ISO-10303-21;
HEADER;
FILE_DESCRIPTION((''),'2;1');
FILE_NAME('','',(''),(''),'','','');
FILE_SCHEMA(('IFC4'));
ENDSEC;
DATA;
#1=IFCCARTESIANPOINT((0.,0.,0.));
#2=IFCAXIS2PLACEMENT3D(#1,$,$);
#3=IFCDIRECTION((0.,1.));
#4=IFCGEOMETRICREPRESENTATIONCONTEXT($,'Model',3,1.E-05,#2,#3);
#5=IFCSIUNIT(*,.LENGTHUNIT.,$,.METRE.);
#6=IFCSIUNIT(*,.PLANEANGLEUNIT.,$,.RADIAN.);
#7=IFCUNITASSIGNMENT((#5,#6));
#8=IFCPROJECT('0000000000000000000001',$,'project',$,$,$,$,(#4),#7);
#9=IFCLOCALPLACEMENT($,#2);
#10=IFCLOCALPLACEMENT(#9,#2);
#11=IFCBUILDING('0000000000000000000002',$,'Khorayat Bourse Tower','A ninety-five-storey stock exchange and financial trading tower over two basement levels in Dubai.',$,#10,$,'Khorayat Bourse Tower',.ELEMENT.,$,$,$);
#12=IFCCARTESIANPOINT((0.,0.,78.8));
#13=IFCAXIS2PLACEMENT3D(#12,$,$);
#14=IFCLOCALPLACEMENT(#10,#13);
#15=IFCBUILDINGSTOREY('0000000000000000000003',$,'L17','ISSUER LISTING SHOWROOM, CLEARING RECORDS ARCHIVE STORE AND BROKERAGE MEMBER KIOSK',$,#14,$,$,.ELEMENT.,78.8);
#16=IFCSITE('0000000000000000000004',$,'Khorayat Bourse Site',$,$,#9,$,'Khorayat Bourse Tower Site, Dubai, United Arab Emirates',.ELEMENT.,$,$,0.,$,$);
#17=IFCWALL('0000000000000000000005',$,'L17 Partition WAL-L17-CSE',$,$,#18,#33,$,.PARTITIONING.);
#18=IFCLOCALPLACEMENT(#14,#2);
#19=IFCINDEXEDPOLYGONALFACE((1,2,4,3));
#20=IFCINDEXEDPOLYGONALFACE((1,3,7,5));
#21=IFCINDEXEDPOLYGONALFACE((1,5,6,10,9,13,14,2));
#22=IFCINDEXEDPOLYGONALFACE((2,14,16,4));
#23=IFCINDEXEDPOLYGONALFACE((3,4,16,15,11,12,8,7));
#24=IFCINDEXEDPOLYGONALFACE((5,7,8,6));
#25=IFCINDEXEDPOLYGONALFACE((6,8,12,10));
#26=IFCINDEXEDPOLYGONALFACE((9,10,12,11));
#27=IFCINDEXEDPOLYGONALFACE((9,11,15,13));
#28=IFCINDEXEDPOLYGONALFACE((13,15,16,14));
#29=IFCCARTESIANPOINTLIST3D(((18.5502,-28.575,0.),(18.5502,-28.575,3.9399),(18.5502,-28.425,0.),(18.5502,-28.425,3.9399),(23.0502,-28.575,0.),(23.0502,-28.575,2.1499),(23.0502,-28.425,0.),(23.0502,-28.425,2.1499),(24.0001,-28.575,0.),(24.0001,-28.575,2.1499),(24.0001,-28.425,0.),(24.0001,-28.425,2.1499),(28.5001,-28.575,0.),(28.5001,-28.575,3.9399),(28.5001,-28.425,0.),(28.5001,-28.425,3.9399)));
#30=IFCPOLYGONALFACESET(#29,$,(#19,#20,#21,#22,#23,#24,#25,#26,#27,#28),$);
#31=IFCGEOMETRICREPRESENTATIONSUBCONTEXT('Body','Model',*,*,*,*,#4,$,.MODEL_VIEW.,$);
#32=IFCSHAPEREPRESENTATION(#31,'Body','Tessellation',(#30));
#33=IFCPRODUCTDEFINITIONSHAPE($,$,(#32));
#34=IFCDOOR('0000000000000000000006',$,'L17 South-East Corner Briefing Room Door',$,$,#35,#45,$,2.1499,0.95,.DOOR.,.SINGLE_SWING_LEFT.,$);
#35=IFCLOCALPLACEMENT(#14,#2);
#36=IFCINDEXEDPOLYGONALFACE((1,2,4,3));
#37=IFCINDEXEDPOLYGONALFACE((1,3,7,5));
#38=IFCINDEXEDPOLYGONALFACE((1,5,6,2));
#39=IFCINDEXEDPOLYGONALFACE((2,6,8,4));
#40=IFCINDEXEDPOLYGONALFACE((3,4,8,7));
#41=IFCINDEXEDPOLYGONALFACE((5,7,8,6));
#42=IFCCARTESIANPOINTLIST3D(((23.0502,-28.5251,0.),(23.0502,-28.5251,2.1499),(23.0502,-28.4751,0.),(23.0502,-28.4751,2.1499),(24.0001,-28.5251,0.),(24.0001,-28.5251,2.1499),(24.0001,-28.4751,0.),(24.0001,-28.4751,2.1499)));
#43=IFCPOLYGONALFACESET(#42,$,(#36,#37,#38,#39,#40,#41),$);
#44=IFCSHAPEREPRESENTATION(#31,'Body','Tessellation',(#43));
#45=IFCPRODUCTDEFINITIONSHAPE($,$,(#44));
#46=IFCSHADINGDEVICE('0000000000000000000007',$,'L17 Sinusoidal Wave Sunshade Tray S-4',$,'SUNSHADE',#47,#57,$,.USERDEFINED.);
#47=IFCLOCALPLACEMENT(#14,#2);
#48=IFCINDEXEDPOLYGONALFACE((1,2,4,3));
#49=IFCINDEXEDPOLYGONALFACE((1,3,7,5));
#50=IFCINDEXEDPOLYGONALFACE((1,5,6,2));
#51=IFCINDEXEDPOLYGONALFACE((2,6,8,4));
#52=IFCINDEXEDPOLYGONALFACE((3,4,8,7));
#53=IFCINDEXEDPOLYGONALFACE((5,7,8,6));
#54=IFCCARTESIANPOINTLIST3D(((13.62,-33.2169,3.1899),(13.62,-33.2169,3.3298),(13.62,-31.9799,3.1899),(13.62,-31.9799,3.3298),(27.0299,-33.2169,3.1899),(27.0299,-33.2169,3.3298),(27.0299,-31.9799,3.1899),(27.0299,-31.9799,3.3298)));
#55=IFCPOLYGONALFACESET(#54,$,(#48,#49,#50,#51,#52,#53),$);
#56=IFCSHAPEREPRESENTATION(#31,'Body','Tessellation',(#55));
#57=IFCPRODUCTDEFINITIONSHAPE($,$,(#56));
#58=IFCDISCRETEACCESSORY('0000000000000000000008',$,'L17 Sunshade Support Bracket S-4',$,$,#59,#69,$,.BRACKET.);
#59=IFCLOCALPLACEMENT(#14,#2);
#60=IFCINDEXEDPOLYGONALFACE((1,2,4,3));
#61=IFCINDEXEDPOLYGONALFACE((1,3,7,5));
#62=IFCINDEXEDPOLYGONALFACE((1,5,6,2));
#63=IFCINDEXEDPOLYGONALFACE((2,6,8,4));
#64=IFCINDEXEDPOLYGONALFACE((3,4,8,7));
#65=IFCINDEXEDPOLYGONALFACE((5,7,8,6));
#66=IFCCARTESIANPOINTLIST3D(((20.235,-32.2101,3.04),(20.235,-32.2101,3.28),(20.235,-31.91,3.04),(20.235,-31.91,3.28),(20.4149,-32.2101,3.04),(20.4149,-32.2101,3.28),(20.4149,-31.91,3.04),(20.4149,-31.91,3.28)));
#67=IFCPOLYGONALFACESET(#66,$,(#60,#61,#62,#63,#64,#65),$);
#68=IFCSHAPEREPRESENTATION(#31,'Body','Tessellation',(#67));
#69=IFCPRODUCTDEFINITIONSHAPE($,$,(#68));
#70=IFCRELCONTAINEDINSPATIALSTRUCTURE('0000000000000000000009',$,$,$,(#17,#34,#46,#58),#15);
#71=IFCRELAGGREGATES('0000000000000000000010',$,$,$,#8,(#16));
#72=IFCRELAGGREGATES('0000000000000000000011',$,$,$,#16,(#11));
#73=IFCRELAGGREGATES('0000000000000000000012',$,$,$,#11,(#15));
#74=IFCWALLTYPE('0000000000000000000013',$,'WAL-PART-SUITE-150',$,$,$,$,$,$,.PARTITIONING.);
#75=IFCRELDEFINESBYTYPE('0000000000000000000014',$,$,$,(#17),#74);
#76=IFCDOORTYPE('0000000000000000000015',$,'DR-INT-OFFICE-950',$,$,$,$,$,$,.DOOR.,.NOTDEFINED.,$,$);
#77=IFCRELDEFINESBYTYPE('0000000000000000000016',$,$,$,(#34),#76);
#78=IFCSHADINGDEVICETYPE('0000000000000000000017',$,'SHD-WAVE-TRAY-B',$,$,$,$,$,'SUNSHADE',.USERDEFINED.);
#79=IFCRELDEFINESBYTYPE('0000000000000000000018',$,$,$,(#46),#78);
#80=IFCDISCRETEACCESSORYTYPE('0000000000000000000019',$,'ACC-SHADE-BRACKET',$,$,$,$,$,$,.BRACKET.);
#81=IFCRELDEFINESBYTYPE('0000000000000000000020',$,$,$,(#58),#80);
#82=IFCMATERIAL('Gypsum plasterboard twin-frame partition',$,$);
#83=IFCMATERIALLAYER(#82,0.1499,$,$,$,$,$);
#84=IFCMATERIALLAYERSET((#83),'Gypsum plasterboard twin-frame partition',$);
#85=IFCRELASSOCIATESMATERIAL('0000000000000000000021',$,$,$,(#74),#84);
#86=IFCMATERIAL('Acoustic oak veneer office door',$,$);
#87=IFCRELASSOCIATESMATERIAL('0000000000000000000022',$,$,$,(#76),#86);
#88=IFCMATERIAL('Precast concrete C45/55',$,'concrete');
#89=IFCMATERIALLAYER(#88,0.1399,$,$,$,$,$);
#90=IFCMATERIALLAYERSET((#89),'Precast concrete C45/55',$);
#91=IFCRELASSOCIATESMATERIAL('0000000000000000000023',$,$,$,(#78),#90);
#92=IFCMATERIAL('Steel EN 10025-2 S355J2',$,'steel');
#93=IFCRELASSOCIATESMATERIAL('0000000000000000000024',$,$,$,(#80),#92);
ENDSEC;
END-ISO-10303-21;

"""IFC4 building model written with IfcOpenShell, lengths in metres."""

from ifc_helpers import new_model, si_unit, direction, frame, frame_2d, origin, origin_2d, place, context, subcontext, project, spatial, rectangle, extrude, source, transform, mapped, material, layer, layer_set, type_object, element, fill, save


model = new_model("IFC4")

# Units and contexts
model_context = context("Model", 3, precision=1e-05, world=origin(), true_north=direction((0.0, 1.0)))
body_context = subcontext(model_context, "Body", "Model", "MODEL_VIEW")
ifc_project = project(units=[si_unit("LENGTHUNIT", "METRE"), si_unit("PLANEANGLEUNIT", "RADIAN")], contexts=[model_context])

# Site, building, storey
site_placement = place(None, origin())
site = spatial("IfcSite", under=ifc_project, at=site_placement, Name="Khorayat Bourse Site", LongName="Khorayat Bourse Tower Site, Dubai, United Arab Emirates", CompositionType="ELEMENT", RefElevation=0.0)
building_placement = place(site_placement, origin())
building = spatial("IfcBuilding", under=site, at=building_placement, Name="Khorayat Bourse Tower", Description="A ninety-five-storey stock exchange and financial trading tower over two basement levels in Dubai.", LongName="Khorayat Bourse Tower", CompositionType="ELEMENT")
storey_placement = place(building_placement, frame((0.0, 0.0, 78.8)))
storey = spatial("IfcBuildingStorey", under=building, at=storey_placement, Name="L17", Description="ISSUER LISTING SHOWROOM, CLEARING RECORDS ARCHIVE STORE AND BROKERAGE MEMBER KIOSK", CompositionType="ELEMENT", Elevation=78.8)

# Shared definitions
ifc_material_1 = material(Name="Precast concrete C45/55", Category="concrete")

# Shared definitions
ifc_material_2 = material(Name="Gypsum plasterboard twin-frame partition")
ifc_layer_1 = layer(ifc_material_2, 0.1499)
ifc_layer_set_1 = layer_set([ifc_layer_1], Name="Gypsum plasterboard twin-frame partition")
wall_type_1 = type_object("IfcWallType", Name="WAL-PART-SUITE-150", PredefinedType="PARTITIONING", material=ifc_layer_set_1)

# Shared definitions
ifc_material_3 = material(Name="Acoustic oak veneer office door")
door_type = type_object("IfcDoorType", Name="DR-INT-OFFICE-950", OperationType="NOTDEFINED", PredefinedType="DOOR", material=ifc_material_3)
shared_shape_1 = source(origin(), body_context, "Body", "SweptSolid", [
    extrude(rectangle(XDim=0.95, YDim=2.1499, at=frame_2d((0.4751, 1.075))), frame((0.0, 0.0249, 0.0), z_axis=(0.0, -1.0, 0.0), x_axis=(1.0, 0.0, 0.0)), (0.0, 0.0, 1.0), 0.05),
])

# Wall, opening, door
shared_shape_2 = source(origin(), body_context, "Body", "SweptSolid", [
    extrude(rectangle(XDim=9.95, YDim=0.1499, at=frame_2d((4.9751, 0.0))), origin(), (0.0, 0.0, 1.0), 3.9399),
])
wall_1_placement = place(storey_placement, frame((18.55, -28.5, 0.0), z_axis=(0.0, 0.0, 1.0), x_axis=(1.0, 0.0, 0.0)))
wall_1 = element("IfcWall", 1, at=wall_1_placement, inside=storey, type_object=wall_type_1, Name="L17 Partition WAL-L17-CSE", PredefinedType="PARTITIONING", context=body_context, shape_type="MappedRepresentation", body=[
    mapped(shared_shape_2, transform((0.0, 0.0, 0.0), scale=1.0)),
])
shared_shape_3 = source(origin(), body_context, "Body", "SweptSolid", [
    extrude(rectangle(XDim=0.95, YDim=2.1499, at=frame_2d((0.4751, 1.075))), frame((0.0, 0.085, 0.0), z_axis=(0.0, -1.0, 0.0), x_axis=(1.0, 0.0, 0.0)), (0.0, 0.0, 1.0), 0.1699),
])
opening_1_placement = place(wall_1_placement, frame((4.5, 0.0, 0.0)))
opening_1 = element("IfcOpeningElement", 2, at=opening_1_placement, cuts=wall_1, PredefinedType="OPENING", context=body_context, shape_type="MappedRepresentation", body=[
    mapped(shared_shape_3, transform((0.0, 0.0, 0.0), scale=1.0)),
])
door_1_placement = place(opening_1_placement, origin())
door_1 = element("IfcDoor", 3, at=door_1_placement, inside=storey, type_object=door_type, Name="L17 South-East Corner Briefing Room Door", OperationType="SINGLE_SWING_LEFT", OverallHeight=2.1499, OverallWidth=0.95, PredefinedType="DOOR", context=body_context, shape_type="MappedRepresentation", body=[
    mapped(shared_shape_1, transform((0.0, 0.0, 0.0), scale=1.0)),
])
fill(opening_1, door_1)

# Shading device
ifc_layer_2 = layer(ifc_material_1, 0.1399)
ifc_layer_set_2 = layer_set([ifc_layer_2], Name="Precast concrete C45/55")
shading_device_type = type_object("IfcShadingDeviceType", Name="SHD-WAVE-TRAY-B", ElementType="SUNSHADE", PredefinedType="USERDEFINED", material=ifc_layer_set_2)
shared_shape_4 = source(origin(), body_context, "Body", "SweptSolid", [
    extrude(rectangle(XDim=13.4099, YDim=1.2371, at=origin_2d()), origin(), (0.0, 0.0, 1.0), 0.1399),
])
shading_device_placement = place(storey_placement, frame((20.325, -32.5984, 3.1899), z_axis=(0.0, 0.0, 1.0), x_axis=(1.0, 0.0, 0.0)))
element("IfcShadingDevice", 4, at=shading_device_placement, inside=storey, type_object=shading_device_type, Name="L17 Sinusoidal Wave Sunshade Tray S-4", ObjectType="SUNSHADE", PredefinedType="USERDEFINED", context=body_context, shape_type="MappedRepresentation", body=[
    mapped(shared_shape_4, transform((0.0, 0.0, 0.0), scale=1.0)),
])

# Discrete accessory
ifc_material_4 = material(Name="Steel EN 10025-2 S355J2", Category="steel")
discrete_accessory_type = type_object("IfcDiscreteAccessoryType", Name="ACC-SHADE-BRACKET", PredefinedType="BRACKET", material=ifc_material_4)
shared_shape_5 = source(origin(), body_context, "Body", "SweptSolid", [
    extrude(rectangle(XDim=0.1799, YDim=0.3, at=origin_2d()), origin(), (0.0, 0.0, 1.0), 0.24),
])
discrete_accessory_placement = place(storey_placement, frame((20.325, -32.0601, 3.04), z_axis=(0.0, 0.0, 1.0), x_axis=(1.0, 0.0, 0.0)))
element("IfcDiscreteAccessory", 5, at=discrete_accessory_placement, inside=storey, type_object=discrete_accessory_type, Name="L17 Sunshade Support Bracket S-4", PredefinedType="BRACKET", context=body_context, shape_type="MappedRepresentation", body=[
    mapped(shared_shape_5, transform((0.0, 0.0, 0.0), scale=1.0)),
])

save(model, "model.ifc")
